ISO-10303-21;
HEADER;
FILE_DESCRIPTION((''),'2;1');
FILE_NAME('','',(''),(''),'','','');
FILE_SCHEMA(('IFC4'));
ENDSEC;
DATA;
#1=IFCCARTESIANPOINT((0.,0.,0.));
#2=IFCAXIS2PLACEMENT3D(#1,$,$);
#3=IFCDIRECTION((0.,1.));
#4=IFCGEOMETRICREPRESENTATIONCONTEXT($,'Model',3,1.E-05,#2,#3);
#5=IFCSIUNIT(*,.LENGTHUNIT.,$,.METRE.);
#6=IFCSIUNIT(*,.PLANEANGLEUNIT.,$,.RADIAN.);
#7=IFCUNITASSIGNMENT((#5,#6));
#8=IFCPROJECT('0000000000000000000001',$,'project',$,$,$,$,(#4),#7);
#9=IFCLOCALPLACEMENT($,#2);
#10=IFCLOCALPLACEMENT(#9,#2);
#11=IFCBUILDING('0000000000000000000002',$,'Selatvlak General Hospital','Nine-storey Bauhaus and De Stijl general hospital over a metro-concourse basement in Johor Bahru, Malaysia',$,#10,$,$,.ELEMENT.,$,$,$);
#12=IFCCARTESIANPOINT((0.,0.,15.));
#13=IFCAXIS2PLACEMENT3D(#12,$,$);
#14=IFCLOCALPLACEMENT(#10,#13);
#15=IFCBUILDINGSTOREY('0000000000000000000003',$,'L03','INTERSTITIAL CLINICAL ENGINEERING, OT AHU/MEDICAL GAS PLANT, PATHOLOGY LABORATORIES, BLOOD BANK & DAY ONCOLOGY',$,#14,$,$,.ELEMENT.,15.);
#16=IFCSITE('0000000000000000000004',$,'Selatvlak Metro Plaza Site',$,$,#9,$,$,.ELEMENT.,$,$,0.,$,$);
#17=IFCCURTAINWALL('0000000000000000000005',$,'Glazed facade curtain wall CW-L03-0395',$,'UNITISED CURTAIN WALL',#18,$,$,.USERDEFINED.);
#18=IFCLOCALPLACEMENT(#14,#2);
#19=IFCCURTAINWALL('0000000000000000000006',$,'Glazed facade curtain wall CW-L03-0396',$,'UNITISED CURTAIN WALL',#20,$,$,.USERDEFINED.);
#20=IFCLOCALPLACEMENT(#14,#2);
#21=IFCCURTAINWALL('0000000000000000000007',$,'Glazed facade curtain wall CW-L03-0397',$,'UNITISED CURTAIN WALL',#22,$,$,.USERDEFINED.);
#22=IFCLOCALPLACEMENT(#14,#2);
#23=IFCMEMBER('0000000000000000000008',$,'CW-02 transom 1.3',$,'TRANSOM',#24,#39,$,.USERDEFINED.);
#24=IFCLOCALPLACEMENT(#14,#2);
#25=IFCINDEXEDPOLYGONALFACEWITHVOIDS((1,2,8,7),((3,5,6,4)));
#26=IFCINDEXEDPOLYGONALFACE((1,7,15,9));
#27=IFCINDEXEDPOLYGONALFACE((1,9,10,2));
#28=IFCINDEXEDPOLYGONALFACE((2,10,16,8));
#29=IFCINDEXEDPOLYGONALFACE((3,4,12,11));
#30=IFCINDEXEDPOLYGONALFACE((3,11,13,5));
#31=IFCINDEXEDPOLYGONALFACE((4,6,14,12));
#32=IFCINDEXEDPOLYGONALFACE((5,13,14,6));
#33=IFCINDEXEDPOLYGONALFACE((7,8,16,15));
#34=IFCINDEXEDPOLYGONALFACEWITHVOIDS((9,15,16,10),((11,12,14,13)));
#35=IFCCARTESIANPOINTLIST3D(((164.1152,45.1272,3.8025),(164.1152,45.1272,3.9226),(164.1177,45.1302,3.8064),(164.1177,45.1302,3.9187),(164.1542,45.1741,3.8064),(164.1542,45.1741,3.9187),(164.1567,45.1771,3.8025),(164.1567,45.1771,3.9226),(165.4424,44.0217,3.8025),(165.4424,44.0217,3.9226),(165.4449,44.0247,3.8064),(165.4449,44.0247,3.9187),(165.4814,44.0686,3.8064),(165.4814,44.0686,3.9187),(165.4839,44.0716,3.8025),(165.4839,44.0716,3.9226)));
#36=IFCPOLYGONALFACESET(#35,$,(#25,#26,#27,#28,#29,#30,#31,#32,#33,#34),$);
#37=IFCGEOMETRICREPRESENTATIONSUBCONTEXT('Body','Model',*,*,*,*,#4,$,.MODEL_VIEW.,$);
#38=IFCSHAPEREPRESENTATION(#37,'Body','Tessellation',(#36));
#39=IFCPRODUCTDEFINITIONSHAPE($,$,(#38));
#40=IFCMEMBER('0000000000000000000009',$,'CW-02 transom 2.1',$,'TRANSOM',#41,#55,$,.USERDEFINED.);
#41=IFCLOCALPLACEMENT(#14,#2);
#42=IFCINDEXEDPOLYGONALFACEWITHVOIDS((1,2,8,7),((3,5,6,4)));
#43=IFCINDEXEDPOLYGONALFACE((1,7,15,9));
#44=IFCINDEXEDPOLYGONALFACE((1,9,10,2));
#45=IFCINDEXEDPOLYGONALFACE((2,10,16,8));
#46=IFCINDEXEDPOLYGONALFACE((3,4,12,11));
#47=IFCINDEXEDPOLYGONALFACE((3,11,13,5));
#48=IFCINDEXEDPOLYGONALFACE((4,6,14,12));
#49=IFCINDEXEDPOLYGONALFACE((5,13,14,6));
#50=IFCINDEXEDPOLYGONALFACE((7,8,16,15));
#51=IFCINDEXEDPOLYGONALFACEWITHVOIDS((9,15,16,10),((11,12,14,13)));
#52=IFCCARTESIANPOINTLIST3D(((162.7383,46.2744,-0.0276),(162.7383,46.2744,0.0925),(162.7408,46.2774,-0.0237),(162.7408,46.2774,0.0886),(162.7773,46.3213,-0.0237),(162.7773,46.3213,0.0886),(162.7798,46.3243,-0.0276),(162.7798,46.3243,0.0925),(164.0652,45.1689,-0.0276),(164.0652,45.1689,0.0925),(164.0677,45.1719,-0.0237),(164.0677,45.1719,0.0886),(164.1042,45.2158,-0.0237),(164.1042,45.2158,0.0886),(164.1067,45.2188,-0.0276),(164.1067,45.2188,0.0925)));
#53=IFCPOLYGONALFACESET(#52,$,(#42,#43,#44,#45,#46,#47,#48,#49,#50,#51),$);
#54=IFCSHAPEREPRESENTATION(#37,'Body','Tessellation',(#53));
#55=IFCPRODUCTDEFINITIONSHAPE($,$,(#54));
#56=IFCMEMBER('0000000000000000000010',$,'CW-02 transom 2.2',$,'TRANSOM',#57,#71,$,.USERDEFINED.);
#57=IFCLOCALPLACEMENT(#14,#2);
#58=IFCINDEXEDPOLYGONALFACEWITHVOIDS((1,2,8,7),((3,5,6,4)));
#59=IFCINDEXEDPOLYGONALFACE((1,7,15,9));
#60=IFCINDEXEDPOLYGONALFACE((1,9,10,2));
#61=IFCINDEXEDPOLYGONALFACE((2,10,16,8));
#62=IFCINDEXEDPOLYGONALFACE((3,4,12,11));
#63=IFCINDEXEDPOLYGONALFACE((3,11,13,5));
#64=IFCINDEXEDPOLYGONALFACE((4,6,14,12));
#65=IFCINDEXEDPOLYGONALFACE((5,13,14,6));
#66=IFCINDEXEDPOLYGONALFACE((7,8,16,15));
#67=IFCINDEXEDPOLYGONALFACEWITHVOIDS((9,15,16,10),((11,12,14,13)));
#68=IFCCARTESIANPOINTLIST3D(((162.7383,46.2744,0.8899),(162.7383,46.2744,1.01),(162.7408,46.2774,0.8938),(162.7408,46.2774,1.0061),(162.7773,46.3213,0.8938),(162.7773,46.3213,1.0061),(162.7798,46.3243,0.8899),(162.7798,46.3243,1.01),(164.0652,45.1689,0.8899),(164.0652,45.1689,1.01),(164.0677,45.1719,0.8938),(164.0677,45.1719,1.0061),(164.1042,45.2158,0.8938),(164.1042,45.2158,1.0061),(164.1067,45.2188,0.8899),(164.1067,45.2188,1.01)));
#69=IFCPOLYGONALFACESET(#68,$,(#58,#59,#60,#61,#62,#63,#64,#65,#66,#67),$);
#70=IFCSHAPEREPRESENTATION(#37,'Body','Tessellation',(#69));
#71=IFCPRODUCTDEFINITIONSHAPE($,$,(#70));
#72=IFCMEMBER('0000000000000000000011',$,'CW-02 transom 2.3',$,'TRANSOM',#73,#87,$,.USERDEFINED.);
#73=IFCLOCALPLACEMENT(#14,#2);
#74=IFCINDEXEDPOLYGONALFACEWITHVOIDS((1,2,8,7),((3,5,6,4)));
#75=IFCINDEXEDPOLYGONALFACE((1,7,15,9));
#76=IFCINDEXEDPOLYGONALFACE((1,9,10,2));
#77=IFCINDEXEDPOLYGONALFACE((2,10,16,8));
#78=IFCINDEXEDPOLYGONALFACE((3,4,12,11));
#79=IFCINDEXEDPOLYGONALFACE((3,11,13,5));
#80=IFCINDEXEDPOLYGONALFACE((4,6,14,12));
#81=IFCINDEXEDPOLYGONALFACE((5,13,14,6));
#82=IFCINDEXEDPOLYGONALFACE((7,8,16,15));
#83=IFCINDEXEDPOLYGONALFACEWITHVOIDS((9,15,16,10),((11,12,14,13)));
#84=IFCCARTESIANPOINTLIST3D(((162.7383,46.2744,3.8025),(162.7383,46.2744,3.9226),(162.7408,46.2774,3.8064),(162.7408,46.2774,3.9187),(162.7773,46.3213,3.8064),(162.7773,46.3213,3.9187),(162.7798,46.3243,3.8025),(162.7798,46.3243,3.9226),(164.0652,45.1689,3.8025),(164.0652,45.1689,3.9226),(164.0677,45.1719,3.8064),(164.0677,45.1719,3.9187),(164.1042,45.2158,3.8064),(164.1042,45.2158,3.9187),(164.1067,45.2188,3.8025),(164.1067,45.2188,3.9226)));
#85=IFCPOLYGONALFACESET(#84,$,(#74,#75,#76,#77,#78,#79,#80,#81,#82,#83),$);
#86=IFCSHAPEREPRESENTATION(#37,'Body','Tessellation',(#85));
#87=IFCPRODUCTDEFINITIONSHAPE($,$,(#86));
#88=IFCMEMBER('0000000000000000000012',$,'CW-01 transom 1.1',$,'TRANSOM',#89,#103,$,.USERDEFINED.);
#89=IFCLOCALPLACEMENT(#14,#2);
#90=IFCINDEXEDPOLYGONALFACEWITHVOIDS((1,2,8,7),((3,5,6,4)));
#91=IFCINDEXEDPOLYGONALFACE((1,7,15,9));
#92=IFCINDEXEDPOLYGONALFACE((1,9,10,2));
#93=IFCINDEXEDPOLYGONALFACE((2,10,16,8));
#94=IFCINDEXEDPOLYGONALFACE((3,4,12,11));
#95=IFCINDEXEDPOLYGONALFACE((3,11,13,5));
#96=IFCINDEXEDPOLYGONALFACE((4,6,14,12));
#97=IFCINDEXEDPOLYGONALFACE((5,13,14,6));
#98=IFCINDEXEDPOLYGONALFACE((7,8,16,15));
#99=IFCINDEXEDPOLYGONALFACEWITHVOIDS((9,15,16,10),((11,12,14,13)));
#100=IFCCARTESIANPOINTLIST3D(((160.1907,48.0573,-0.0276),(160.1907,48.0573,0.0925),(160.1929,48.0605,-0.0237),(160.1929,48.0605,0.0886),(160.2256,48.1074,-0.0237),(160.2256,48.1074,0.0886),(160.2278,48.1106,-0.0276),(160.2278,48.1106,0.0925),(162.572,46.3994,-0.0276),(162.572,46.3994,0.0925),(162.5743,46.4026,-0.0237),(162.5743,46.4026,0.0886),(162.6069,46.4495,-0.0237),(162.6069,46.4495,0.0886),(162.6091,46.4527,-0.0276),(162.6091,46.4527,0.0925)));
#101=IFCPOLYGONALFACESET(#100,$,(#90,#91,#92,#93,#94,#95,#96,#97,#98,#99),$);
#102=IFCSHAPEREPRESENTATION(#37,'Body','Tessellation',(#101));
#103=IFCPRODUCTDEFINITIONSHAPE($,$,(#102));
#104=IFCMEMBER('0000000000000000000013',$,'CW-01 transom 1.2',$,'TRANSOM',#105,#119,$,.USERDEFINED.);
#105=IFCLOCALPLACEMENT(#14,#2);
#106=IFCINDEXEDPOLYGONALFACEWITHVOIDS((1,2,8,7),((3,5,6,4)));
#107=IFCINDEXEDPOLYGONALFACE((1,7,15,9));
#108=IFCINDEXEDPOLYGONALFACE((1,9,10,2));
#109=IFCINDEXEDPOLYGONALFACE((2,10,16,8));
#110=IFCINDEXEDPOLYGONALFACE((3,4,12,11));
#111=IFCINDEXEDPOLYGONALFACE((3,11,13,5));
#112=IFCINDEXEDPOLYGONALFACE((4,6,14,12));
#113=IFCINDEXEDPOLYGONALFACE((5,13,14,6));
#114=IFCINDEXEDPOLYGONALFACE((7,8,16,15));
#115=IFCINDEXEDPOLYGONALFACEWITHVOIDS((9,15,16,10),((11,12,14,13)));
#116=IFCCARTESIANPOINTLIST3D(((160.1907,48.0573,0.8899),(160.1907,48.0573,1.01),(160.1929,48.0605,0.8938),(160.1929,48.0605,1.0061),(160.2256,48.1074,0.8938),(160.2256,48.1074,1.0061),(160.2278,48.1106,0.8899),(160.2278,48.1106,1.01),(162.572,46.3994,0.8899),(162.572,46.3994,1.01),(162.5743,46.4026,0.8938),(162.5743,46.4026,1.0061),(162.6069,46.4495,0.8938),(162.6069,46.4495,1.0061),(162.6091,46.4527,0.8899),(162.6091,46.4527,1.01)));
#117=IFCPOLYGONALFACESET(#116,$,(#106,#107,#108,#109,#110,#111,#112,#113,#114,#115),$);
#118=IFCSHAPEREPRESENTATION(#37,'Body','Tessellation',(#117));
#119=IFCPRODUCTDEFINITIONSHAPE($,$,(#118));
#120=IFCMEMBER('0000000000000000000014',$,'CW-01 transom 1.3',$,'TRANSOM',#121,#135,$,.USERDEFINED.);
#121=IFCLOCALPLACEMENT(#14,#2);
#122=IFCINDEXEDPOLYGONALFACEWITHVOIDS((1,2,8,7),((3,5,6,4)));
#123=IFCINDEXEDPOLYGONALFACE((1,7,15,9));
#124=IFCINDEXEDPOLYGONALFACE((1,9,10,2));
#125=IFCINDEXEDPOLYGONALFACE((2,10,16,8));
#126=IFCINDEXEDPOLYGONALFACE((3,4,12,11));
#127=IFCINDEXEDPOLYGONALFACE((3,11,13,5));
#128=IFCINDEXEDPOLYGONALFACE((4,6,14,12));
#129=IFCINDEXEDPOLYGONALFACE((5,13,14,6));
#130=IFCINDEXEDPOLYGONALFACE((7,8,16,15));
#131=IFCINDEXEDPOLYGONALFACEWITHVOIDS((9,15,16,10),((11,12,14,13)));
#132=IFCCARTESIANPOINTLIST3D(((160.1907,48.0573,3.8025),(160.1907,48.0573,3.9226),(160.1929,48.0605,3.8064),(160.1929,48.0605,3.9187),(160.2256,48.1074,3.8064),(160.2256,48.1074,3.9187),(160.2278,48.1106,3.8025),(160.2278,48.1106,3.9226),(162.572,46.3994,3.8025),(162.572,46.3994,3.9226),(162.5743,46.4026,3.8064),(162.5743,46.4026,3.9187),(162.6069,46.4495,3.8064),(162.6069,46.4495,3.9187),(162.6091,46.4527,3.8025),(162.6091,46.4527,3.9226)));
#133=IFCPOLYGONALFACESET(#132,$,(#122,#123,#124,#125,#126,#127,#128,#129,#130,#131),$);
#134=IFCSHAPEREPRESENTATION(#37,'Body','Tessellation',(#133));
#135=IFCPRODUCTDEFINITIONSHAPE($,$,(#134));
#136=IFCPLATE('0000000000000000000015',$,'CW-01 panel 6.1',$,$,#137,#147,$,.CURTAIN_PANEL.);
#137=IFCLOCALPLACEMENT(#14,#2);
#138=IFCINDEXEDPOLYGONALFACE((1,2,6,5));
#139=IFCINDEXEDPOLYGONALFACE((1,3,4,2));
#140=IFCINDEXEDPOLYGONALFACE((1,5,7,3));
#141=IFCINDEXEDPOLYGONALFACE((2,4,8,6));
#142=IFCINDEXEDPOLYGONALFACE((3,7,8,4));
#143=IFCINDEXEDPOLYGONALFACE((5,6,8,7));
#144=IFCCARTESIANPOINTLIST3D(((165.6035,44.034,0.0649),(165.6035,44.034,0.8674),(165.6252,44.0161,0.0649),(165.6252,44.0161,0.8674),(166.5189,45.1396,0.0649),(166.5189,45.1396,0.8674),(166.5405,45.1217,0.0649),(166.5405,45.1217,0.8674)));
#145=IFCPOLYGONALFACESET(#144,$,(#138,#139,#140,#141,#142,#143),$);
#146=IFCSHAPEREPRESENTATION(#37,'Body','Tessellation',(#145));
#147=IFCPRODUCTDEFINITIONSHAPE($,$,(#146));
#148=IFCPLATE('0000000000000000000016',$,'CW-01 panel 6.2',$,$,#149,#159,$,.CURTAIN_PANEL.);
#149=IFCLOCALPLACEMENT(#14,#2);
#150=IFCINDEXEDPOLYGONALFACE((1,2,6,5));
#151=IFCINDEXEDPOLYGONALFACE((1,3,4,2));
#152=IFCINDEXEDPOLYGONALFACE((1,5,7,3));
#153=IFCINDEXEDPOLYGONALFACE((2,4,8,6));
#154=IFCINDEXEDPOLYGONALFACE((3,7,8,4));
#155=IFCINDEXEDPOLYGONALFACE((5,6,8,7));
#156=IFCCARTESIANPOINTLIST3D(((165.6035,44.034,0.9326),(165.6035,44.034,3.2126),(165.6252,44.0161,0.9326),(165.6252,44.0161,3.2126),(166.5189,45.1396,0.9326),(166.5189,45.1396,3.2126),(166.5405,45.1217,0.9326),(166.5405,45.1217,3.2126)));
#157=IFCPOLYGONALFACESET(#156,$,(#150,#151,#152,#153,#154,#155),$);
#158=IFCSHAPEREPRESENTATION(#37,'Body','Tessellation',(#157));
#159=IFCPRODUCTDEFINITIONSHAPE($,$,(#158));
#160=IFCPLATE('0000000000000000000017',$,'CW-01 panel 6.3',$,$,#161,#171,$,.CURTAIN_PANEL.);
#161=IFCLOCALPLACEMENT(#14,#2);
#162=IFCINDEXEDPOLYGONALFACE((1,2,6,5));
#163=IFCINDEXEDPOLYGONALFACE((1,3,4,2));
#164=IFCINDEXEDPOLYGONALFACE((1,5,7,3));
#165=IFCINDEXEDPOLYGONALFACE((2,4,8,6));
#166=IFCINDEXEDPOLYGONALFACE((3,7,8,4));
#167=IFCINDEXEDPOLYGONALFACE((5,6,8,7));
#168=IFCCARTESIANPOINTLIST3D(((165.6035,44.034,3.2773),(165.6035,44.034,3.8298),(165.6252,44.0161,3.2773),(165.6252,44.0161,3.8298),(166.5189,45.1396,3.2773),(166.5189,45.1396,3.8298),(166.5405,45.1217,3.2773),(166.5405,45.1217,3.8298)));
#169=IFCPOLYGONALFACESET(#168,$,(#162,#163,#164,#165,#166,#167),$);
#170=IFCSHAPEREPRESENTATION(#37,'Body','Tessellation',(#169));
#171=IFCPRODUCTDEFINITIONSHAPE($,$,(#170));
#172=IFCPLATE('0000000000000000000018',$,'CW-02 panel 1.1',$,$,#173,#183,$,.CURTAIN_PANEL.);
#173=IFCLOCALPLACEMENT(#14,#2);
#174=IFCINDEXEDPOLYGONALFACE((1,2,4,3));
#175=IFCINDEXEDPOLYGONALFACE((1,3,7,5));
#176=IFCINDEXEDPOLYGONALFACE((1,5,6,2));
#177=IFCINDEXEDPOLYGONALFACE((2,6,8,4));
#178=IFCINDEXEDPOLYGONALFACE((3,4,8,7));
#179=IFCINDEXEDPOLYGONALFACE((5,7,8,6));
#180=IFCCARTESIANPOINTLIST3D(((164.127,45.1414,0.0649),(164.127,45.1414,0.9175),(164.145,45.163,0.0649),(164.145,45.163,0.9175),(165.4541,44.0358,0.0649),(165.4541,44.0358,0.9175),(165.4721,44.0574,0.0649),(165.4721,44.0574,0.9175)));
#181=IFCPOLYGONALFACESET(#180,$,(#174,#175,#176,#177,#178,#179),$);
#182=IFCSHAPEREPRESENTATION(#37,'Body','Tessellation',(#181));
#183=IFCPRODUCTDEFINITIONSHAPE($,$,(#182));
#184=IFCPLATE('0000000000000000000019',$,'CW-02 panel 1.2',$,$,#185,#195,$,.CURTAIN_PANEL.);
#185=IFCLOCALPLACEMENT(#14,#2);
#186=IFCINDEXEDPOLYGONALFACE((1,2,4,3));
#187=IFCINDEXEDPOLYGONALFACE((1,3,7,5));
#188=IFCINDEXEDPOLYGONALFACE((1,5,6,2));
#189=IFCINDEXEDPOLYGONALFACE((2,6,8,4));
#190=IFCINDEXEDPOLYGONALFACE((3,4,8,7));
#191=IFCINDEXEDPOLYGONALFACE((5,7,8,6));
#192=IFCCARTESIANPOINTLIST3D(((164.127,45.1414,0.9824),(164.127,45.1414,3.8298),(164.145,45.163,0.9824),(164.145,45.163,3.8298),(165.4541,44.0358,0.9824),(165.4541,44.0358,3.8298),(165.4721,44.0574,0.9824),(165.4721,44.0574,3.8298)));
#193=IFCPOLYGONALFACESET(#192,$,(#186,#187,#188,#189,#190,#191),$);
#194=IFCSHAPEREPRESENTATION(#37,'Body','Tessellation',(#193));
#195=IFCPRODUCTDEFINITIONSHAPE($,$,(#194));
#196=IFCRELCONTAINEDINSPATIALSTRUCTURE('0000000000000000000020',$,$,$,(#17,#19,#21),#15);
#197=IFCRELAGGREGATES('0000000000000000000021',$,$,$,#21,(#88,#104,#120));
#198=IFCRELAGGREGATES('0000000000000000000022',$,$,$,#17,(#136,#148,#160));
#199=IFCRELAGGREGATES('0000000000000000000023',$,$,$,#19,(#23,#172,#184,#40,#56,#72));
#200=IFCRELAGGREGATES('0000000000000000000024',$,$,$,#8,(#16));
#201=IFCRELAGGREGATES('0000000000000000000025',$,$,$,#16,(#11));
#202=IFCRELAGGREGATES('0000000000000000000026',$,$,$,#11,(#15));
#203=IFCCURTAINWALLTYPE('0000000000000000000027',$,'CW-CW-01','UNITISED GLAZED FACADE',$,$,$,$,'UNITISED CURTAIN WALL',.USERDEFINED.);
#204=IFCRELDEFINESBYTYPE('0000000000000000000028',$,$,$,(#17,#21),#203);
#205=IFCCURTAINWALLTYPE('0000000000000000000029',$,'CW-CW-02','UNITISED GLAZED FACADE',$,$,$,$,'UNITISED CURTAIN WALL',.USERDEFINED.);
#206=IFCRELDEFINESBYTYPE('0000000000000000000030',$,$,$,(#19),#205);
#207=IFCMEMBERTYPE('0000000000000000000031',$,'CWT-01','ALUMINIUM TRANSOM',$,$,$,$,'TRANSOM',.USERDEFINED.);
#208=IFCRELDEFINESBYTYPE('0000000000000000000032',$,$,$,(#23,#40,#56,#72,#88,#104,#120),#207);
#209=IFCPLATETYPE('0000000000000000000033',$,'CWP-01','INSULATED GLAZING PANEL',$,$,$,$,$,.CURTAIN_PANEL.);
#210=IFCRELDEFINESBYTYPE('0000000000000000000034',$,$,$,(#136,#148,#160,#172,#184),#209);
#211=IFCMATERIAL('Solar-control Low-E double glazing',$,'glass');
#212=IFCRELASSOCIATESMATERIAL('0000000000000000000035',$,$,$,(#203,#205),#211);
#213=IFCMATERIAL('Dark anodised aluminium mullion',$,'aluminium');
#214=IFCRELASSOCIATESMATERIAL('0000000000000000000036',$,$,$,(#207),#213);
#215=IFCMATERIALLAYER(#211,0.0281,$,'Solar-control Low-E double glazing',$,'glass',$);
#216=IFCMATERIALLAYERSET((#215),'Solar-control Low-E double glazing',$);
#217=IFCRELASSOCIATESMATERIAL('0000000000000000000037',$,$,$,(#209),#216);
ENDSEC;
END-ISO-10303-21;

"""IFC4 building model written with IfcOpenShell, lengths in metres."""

from ifc_helpers import new_model, si_unit, direction, frame, origin, origin_2d, place, context, subcontext, project, spatial, rectangle, hollow_rectangle, extrude, material, layer, layer_set, material_profile, profile_set, type_object, element, aggregate, save


model = new_model("IFC4")

# Units and contexts
model_context = context("Model", 3, precision=1e-05, world=origin(), true_north=direction((0.0, 1.0)))
body_context = subcontext(model_context, "Body", "Model", "MODEL_VIEW")
ifc_project = project(units=[si_unit("LENGTHUNIT", "METRE"), si_unit("PLANEANGLEUNIT", "RADIAN")], contexts=[model_context])

# Site, building, storey
site_placement = place(None, origin())
site = spatial("IfcSite", under=ifc_project, at=site_placement, Name="Selatvlak Metro Plaza Site", CompositionType="ELEMENT", RefElevation=0.0)
building_placement = place(site_placement, origin())
building = spatial("IfcBuilding", under=site, at=building_placement, Name="Selatvlak General Hospital", Description="Nine-storey Bauhaus and De Stijl general hospital over a metro-concourse basement in Johor Bahru, Malaysia", CompositionType="ELEMENT")
storey_placement = place(building_placement, frame((0.0, 0.0, 15.0)))
storey = spatial("IfcBuildingStorey", under=building, at=storey_placement, Name="L03", Description="INTERSTITIAL CLINICAL ENGINEERING, OT AHU/MEDICAL GAS PLANT, PATHOLOGY LABORATORIES, BLOOD BANK & DAY ONCOLOGY", CompositionType="ELEMENT", Elevation=15.0)

# Curtain wall
ifc_material_1 = material(Name="Solar-control Low-E double glazing", Category="glass")
curtain_wall_type_1 = type_object("IfcCurtainWallType", Name="CW-CW-01", Description="UNITISED GLAZED FACADE", ElementType="UNITISED CURTAIN WALL", PredefinedType="USERDEFINED", material=ifc_material_1)
curtain_wall_1_placement = place(storey_placement, origin())
curtain_wall_1 = element("IfcCurtainWall", 1, at=curtain_wall_1_placement, inside=storey, type_object=curtain_wall_type_1, Name="Glazed facade curtain wall CW-L03-0395", ObjectType="UNITISED CURTAIN WALL", PredefinedType="USERDEFINED")
ifc_material_2 = material(Name="Dark anodised aluminium mullion", Category="aluminium")

# Curtain wall
curtain_wall_type_2 = type_object("IfcCurtainWallType", Name="CW-CW-02", Description="UNITISED GLAZED FACADE", ElementType="UNITISED CURTAIN WALL", PredefinedType="USERDEFINED", material=ifc_material_1)
curtain_wall_2_placement = place(storey_placement, origin())
curtain_wall_2 = element("IfcCurtainWall", 2, at=curtain_wall_2_placement, inside=storey, type_object=curtain_wall_type_2, Name="Glazed facade curtain wall CW-L03-0396", ObjectType="UNITISED CURTAIN WALL", PredefinedType="USERDEFINED")

# Curtain wall
curtain_wall_3_placement = place(storey_placement, origin())
curtain_wall_3 = element("IfcCurtainWall", 3, at=curtain_wall_3_placement, inside=storey, type_object=curtain_wall_type_1, Name="Glazed facade curtain wall CW-L03-0397", ObjectType="UNITISED CURTAIN WALL", PredefinedType="USERDEFINED")

# Members
ifc_material_profile_1 = material_profile(ifc_material_2, hollow_rectangle(XDim=0.0649, YDim=0.1201, WallThickness=0.0039, at=origin_2d()), Name="AL-TRN 65x120x4")
ifc_profile_set_1 = profile_set([ifc_material_profile_1], Name="Dark anodised aluminium mullion")
member_type_1 = type_object("IfcMemberType", Name="CWT-01", Description="ALUMINIUM TRANSOM", ElementType="TRANSOM", PredefinedType="USERDEFINED", material=ifc_profile_set_1)
member_1_placement = place(storey_placement, frame((165.4631, 44.0466, 3.8625), z_axis=(-0.76836, 0.640018, 0.0), x_axis=(-0.640018, -0.76836, 0.0)))
member_1 = element("IfcMember", 4, at=member_1_placement, type_object=member_type_1, Name="CW-02 transom 1.3", ObjectType="TRANSOM", PredefinedType="USERDEFINED", context=body_context, shape_type="SweptSolid", body=[
    extrude(hollow_rectangle(XDim=0.0649, YDim=0.1201, WallThickness=0.0039, at=origin_2d()), origin(), (0.0, 0.0, 1.0), 1.7273),
])
member_2_placement = place(storey_placement, frame((164.0859, 45.1938, 0.0325), z_axis=(-0.768302, 0.640087, 0.0), x_axis=(-0.640087, -0.768302, 0.0)))
member_2 = element("IfcMember", 5, at=member_2_placement, type_object=member_type_1, Name="CW-02 transom 2.1", ObjectType="TRANSOM", PredefinedType="USERDEFINED", context=body_context, shape_type="SweptSolid", body=[
    extrude(hollow_rectangle(XDim=0.0649, YDim=0.1201, WallThickness=0.0039, at=origin_2d()), origin(), (0.0, 0.0, 1.0), 1.7271),
])
member_3_placement = place(storey_placement, frame((164.0859, 45.1938, 0.95), z_axis=(-0.768302, 0.640087, 0.0), x_axis=(-0.640087, -0.768302, 0.0)))
member_3 = element("IfcMember", 6, at=member_3_placement, type_object=member_type_1, Name="CW-02 transom 2.2", ObjectType="TRANSOM", PredefinedType="USERDEFINED", context=body_context, shape_type="SweptSolid", body=[
    extrude(hollow_rectangle(XDim=0.0649, YDim=0.1201, WallThickness=0.0039, at=origin_2d()), origin(), (0.0, 0.0, 1.0), 1.7271),
])
member_4_placement = place(storey_placement, frame((164.0859, 45.1938, 3.8625), z_axis=(-0.768302, 0.640087, 0.0), x_axis=(-0.640087, -0.768302, 0.0)))
member_4 = element("IfcMember", 7, at=member_4_placement, type_object=member_type_1, Name="CW-02 transom 2.3", ObjectType="TRANSOM", PredefinedType="USERDEFINED", context=body_context, shape_type="SweptSolid", body=[
    extrude(hollow_rectangle(XDim=0.0649, YDim=0.1201, WallThickness=0.0039, at=origin_2d()), origin(), (0.0, 0.0, 1.0), 1.7271),
])
member_5_placement = place(storey_placement, frame((162.5906, 46.426, 0.0325), z_axis=(-0.820684, 0.571382, 0.0), x_axis=(-0.571382, -0.820684, 0.0)))
member_5 = element("IfcMember", 8, at=member_5_placement, type_object=member_type_1, Name="CW-01 transom 1.1", ObjectType="TRANSOM", PredefinedType="USERDEFINED", context=body_context, shape_type="SweptSolid", body=[
    extrude(hollow_rectangle(XDim=0.0649, YDim=0.1201, WallThickness=0.0039, at=origin_2d()), origin(), (0.0, 0.0, 1.0), 2.9016),
])
member_6_placement = place(storey_placement, frame((162.5906, 46.426, 0.95), z_axis=(-0.820684, 0.571382, 0.0), x_axis=(-0.571382, -0.820684, 0.0)))
member_6 = element("IfcMember", 9, at=member_6_placement, type_object=member_type_1, Name="CW-01 transom 1.2", ObjectType="TRANSOM", PredefinedType="USERDEFINED", context=body_context, shape_type="SweptSolid", body=[
    extrude(hollow_rectangle(XDim=0.0649, YDim=0.1201, WallThickness=0.0039, at=origin_2d()), origin(), (0.0, 0.0, 1.0), 2.9016),
])
member_7_placement = place(storey_placement, frame((162.5906, 46.426, 3.8625), z_axis=(-0.820684, 0.571382, 0.0), x_axis=(-0.571382, -0.820684, 0.0)))
member_7 = element("IfcMember", 10, at=member_7_placement, type_object=member_type_1, Name="CW-01 transom 1.3", ObjectType="TRANSOM", PredefinedType="USERDEFINED", context=body_context, shape_type="SweptSolid", body=[
    extrude(hollow_rectangle(XDim=0.0649, YDim=0.1201, WallThickness=0.0039, at=origin_2d()), origin(), (0.0, 0.0, 1.0), 2.9016),
])
aggregate(curtain_wall_3, [member_5, member_6, member_7])

# Plates
ifc_layer_1 = layer(ifc_material_1, 0.0281, Name="Solar-control Low-E double glazing", Category="glass")
ifc_layer_set_1 = layer_set([ifc_layer_1], Name="Solar-control Low-E double glazing")
plate_type = type_object("IfcPlateType", Name="CWP-01", Description="INSULATED GLAZING PANEL", PredefinedType="CURTAIN_PANEL", material=ifc_layer_set_1)
plate_1_placement = place(storey_placement, frame((166.072, 44.5779, 0.0649), z_axis=(0.0, 0.0, 1.0), x_axis=(-0.637721, -0.770267, 0.0)))
plate_1 = element("IfcPlate", 11, at=plate_1_placement, type_object=plate_type, Name="CW-01 panel 6.1", PredefinedType="CURTAIN_PANEL", context=body_context, shape_type="SweptSolid", body=[
    extrude(rectangle(XDim=1.4353, YDim=0.0281, at=origin_2d()), origin(), (0.0, 0.0, 1.0), 0.8025),
])
plate_2_placement = place(storey_placement, frame((166.072, 44.5779, 0.9326), z_axis=(0.0, 0.0, 1.0), x_axis=(-0.637721, -0.770267, 0.0)))
plate_2 = element("IfcPlate", 12, at=plate_2_placement, type_object=plate_type, Name="CW-01 panel 6.2", PredefinedType="CURTAIN_PANEL", context=body_context, shape_type="SweptSolid", body=[
    extrude(rectangle(XDim=1.4353, YDim=0.0281, at=origin_2d()), origin(), (0.0, 0.0, 1.0), 2.28),
])
plate_3_placement = place(storey_placement, frame((166.072, 44.5779, 3.2773), z_axis=(0.0, 0.0, 1.0), x_axis=(-0.637721, -0.770267, 0.0)))
plate_3 = element("IfcPlate", 13, at=plate_3_placement, type_object=plate_type, Name="CW-01 panel 6.3", PredefinedType="CURTAIN_PANEL", context=body_context, shape_type="SweptSolid", body=[
    extrude(rectangle(XDim=1.4353, YDim=0.0281, at=origin_2d()), origin(), (0.0, 0.0, 1.0), 0.5525),
])
aggregate(curtain_wall_1, [plate_1, plate_2, plate_3])
plate_4_placement = place(storey_placement, frame((164.7996, 44.5994, 0.0649), z_axis=(0.0, 0.0, 1.0), x_axis=(-0.768311, 0.640077, 0.0)))
plate_4 = element("IfcPlate", 14, at=plate_4_placement, type_object=plate_type, Name="CW-02 panel 1.1", PredefinedType="CURTAIN_PANEL", context=body_context, shape_type="SweptSolid", body=[
    extrude(rectangle(XDim=1.7273, YDim=0.0281, at=origin_2d()), origin(), (0.0, 0.0, 1.0), 0.8525),
])
plate_5_placement = place(storey_placement, frame((164.7996, 44.5994, 0.9824), z_axis=(0.0, 0.0, 1.0), x_axis=(-0.768311, 0.640077, 0.0)))
plate_5 = element("IfcPlate", 15, at=plate_5_placement, type_object=plate_type, Name="CW-02 panel 1.2", PredefinedType="CURTAIN_PANEL", context=body_context, shape_type="SweptSolid", body=[
    extrude(rectangle(XDim=1.7273, YDim=0.0281, at=origin_2d()), origin(), (0.0, 0.0, 1.0), 2.8474),
])
aggregate(curtain_wall_2, [member_1, plate_4, plate_5, member_2, member_3, member_4])

save(model, "model.ifc")
